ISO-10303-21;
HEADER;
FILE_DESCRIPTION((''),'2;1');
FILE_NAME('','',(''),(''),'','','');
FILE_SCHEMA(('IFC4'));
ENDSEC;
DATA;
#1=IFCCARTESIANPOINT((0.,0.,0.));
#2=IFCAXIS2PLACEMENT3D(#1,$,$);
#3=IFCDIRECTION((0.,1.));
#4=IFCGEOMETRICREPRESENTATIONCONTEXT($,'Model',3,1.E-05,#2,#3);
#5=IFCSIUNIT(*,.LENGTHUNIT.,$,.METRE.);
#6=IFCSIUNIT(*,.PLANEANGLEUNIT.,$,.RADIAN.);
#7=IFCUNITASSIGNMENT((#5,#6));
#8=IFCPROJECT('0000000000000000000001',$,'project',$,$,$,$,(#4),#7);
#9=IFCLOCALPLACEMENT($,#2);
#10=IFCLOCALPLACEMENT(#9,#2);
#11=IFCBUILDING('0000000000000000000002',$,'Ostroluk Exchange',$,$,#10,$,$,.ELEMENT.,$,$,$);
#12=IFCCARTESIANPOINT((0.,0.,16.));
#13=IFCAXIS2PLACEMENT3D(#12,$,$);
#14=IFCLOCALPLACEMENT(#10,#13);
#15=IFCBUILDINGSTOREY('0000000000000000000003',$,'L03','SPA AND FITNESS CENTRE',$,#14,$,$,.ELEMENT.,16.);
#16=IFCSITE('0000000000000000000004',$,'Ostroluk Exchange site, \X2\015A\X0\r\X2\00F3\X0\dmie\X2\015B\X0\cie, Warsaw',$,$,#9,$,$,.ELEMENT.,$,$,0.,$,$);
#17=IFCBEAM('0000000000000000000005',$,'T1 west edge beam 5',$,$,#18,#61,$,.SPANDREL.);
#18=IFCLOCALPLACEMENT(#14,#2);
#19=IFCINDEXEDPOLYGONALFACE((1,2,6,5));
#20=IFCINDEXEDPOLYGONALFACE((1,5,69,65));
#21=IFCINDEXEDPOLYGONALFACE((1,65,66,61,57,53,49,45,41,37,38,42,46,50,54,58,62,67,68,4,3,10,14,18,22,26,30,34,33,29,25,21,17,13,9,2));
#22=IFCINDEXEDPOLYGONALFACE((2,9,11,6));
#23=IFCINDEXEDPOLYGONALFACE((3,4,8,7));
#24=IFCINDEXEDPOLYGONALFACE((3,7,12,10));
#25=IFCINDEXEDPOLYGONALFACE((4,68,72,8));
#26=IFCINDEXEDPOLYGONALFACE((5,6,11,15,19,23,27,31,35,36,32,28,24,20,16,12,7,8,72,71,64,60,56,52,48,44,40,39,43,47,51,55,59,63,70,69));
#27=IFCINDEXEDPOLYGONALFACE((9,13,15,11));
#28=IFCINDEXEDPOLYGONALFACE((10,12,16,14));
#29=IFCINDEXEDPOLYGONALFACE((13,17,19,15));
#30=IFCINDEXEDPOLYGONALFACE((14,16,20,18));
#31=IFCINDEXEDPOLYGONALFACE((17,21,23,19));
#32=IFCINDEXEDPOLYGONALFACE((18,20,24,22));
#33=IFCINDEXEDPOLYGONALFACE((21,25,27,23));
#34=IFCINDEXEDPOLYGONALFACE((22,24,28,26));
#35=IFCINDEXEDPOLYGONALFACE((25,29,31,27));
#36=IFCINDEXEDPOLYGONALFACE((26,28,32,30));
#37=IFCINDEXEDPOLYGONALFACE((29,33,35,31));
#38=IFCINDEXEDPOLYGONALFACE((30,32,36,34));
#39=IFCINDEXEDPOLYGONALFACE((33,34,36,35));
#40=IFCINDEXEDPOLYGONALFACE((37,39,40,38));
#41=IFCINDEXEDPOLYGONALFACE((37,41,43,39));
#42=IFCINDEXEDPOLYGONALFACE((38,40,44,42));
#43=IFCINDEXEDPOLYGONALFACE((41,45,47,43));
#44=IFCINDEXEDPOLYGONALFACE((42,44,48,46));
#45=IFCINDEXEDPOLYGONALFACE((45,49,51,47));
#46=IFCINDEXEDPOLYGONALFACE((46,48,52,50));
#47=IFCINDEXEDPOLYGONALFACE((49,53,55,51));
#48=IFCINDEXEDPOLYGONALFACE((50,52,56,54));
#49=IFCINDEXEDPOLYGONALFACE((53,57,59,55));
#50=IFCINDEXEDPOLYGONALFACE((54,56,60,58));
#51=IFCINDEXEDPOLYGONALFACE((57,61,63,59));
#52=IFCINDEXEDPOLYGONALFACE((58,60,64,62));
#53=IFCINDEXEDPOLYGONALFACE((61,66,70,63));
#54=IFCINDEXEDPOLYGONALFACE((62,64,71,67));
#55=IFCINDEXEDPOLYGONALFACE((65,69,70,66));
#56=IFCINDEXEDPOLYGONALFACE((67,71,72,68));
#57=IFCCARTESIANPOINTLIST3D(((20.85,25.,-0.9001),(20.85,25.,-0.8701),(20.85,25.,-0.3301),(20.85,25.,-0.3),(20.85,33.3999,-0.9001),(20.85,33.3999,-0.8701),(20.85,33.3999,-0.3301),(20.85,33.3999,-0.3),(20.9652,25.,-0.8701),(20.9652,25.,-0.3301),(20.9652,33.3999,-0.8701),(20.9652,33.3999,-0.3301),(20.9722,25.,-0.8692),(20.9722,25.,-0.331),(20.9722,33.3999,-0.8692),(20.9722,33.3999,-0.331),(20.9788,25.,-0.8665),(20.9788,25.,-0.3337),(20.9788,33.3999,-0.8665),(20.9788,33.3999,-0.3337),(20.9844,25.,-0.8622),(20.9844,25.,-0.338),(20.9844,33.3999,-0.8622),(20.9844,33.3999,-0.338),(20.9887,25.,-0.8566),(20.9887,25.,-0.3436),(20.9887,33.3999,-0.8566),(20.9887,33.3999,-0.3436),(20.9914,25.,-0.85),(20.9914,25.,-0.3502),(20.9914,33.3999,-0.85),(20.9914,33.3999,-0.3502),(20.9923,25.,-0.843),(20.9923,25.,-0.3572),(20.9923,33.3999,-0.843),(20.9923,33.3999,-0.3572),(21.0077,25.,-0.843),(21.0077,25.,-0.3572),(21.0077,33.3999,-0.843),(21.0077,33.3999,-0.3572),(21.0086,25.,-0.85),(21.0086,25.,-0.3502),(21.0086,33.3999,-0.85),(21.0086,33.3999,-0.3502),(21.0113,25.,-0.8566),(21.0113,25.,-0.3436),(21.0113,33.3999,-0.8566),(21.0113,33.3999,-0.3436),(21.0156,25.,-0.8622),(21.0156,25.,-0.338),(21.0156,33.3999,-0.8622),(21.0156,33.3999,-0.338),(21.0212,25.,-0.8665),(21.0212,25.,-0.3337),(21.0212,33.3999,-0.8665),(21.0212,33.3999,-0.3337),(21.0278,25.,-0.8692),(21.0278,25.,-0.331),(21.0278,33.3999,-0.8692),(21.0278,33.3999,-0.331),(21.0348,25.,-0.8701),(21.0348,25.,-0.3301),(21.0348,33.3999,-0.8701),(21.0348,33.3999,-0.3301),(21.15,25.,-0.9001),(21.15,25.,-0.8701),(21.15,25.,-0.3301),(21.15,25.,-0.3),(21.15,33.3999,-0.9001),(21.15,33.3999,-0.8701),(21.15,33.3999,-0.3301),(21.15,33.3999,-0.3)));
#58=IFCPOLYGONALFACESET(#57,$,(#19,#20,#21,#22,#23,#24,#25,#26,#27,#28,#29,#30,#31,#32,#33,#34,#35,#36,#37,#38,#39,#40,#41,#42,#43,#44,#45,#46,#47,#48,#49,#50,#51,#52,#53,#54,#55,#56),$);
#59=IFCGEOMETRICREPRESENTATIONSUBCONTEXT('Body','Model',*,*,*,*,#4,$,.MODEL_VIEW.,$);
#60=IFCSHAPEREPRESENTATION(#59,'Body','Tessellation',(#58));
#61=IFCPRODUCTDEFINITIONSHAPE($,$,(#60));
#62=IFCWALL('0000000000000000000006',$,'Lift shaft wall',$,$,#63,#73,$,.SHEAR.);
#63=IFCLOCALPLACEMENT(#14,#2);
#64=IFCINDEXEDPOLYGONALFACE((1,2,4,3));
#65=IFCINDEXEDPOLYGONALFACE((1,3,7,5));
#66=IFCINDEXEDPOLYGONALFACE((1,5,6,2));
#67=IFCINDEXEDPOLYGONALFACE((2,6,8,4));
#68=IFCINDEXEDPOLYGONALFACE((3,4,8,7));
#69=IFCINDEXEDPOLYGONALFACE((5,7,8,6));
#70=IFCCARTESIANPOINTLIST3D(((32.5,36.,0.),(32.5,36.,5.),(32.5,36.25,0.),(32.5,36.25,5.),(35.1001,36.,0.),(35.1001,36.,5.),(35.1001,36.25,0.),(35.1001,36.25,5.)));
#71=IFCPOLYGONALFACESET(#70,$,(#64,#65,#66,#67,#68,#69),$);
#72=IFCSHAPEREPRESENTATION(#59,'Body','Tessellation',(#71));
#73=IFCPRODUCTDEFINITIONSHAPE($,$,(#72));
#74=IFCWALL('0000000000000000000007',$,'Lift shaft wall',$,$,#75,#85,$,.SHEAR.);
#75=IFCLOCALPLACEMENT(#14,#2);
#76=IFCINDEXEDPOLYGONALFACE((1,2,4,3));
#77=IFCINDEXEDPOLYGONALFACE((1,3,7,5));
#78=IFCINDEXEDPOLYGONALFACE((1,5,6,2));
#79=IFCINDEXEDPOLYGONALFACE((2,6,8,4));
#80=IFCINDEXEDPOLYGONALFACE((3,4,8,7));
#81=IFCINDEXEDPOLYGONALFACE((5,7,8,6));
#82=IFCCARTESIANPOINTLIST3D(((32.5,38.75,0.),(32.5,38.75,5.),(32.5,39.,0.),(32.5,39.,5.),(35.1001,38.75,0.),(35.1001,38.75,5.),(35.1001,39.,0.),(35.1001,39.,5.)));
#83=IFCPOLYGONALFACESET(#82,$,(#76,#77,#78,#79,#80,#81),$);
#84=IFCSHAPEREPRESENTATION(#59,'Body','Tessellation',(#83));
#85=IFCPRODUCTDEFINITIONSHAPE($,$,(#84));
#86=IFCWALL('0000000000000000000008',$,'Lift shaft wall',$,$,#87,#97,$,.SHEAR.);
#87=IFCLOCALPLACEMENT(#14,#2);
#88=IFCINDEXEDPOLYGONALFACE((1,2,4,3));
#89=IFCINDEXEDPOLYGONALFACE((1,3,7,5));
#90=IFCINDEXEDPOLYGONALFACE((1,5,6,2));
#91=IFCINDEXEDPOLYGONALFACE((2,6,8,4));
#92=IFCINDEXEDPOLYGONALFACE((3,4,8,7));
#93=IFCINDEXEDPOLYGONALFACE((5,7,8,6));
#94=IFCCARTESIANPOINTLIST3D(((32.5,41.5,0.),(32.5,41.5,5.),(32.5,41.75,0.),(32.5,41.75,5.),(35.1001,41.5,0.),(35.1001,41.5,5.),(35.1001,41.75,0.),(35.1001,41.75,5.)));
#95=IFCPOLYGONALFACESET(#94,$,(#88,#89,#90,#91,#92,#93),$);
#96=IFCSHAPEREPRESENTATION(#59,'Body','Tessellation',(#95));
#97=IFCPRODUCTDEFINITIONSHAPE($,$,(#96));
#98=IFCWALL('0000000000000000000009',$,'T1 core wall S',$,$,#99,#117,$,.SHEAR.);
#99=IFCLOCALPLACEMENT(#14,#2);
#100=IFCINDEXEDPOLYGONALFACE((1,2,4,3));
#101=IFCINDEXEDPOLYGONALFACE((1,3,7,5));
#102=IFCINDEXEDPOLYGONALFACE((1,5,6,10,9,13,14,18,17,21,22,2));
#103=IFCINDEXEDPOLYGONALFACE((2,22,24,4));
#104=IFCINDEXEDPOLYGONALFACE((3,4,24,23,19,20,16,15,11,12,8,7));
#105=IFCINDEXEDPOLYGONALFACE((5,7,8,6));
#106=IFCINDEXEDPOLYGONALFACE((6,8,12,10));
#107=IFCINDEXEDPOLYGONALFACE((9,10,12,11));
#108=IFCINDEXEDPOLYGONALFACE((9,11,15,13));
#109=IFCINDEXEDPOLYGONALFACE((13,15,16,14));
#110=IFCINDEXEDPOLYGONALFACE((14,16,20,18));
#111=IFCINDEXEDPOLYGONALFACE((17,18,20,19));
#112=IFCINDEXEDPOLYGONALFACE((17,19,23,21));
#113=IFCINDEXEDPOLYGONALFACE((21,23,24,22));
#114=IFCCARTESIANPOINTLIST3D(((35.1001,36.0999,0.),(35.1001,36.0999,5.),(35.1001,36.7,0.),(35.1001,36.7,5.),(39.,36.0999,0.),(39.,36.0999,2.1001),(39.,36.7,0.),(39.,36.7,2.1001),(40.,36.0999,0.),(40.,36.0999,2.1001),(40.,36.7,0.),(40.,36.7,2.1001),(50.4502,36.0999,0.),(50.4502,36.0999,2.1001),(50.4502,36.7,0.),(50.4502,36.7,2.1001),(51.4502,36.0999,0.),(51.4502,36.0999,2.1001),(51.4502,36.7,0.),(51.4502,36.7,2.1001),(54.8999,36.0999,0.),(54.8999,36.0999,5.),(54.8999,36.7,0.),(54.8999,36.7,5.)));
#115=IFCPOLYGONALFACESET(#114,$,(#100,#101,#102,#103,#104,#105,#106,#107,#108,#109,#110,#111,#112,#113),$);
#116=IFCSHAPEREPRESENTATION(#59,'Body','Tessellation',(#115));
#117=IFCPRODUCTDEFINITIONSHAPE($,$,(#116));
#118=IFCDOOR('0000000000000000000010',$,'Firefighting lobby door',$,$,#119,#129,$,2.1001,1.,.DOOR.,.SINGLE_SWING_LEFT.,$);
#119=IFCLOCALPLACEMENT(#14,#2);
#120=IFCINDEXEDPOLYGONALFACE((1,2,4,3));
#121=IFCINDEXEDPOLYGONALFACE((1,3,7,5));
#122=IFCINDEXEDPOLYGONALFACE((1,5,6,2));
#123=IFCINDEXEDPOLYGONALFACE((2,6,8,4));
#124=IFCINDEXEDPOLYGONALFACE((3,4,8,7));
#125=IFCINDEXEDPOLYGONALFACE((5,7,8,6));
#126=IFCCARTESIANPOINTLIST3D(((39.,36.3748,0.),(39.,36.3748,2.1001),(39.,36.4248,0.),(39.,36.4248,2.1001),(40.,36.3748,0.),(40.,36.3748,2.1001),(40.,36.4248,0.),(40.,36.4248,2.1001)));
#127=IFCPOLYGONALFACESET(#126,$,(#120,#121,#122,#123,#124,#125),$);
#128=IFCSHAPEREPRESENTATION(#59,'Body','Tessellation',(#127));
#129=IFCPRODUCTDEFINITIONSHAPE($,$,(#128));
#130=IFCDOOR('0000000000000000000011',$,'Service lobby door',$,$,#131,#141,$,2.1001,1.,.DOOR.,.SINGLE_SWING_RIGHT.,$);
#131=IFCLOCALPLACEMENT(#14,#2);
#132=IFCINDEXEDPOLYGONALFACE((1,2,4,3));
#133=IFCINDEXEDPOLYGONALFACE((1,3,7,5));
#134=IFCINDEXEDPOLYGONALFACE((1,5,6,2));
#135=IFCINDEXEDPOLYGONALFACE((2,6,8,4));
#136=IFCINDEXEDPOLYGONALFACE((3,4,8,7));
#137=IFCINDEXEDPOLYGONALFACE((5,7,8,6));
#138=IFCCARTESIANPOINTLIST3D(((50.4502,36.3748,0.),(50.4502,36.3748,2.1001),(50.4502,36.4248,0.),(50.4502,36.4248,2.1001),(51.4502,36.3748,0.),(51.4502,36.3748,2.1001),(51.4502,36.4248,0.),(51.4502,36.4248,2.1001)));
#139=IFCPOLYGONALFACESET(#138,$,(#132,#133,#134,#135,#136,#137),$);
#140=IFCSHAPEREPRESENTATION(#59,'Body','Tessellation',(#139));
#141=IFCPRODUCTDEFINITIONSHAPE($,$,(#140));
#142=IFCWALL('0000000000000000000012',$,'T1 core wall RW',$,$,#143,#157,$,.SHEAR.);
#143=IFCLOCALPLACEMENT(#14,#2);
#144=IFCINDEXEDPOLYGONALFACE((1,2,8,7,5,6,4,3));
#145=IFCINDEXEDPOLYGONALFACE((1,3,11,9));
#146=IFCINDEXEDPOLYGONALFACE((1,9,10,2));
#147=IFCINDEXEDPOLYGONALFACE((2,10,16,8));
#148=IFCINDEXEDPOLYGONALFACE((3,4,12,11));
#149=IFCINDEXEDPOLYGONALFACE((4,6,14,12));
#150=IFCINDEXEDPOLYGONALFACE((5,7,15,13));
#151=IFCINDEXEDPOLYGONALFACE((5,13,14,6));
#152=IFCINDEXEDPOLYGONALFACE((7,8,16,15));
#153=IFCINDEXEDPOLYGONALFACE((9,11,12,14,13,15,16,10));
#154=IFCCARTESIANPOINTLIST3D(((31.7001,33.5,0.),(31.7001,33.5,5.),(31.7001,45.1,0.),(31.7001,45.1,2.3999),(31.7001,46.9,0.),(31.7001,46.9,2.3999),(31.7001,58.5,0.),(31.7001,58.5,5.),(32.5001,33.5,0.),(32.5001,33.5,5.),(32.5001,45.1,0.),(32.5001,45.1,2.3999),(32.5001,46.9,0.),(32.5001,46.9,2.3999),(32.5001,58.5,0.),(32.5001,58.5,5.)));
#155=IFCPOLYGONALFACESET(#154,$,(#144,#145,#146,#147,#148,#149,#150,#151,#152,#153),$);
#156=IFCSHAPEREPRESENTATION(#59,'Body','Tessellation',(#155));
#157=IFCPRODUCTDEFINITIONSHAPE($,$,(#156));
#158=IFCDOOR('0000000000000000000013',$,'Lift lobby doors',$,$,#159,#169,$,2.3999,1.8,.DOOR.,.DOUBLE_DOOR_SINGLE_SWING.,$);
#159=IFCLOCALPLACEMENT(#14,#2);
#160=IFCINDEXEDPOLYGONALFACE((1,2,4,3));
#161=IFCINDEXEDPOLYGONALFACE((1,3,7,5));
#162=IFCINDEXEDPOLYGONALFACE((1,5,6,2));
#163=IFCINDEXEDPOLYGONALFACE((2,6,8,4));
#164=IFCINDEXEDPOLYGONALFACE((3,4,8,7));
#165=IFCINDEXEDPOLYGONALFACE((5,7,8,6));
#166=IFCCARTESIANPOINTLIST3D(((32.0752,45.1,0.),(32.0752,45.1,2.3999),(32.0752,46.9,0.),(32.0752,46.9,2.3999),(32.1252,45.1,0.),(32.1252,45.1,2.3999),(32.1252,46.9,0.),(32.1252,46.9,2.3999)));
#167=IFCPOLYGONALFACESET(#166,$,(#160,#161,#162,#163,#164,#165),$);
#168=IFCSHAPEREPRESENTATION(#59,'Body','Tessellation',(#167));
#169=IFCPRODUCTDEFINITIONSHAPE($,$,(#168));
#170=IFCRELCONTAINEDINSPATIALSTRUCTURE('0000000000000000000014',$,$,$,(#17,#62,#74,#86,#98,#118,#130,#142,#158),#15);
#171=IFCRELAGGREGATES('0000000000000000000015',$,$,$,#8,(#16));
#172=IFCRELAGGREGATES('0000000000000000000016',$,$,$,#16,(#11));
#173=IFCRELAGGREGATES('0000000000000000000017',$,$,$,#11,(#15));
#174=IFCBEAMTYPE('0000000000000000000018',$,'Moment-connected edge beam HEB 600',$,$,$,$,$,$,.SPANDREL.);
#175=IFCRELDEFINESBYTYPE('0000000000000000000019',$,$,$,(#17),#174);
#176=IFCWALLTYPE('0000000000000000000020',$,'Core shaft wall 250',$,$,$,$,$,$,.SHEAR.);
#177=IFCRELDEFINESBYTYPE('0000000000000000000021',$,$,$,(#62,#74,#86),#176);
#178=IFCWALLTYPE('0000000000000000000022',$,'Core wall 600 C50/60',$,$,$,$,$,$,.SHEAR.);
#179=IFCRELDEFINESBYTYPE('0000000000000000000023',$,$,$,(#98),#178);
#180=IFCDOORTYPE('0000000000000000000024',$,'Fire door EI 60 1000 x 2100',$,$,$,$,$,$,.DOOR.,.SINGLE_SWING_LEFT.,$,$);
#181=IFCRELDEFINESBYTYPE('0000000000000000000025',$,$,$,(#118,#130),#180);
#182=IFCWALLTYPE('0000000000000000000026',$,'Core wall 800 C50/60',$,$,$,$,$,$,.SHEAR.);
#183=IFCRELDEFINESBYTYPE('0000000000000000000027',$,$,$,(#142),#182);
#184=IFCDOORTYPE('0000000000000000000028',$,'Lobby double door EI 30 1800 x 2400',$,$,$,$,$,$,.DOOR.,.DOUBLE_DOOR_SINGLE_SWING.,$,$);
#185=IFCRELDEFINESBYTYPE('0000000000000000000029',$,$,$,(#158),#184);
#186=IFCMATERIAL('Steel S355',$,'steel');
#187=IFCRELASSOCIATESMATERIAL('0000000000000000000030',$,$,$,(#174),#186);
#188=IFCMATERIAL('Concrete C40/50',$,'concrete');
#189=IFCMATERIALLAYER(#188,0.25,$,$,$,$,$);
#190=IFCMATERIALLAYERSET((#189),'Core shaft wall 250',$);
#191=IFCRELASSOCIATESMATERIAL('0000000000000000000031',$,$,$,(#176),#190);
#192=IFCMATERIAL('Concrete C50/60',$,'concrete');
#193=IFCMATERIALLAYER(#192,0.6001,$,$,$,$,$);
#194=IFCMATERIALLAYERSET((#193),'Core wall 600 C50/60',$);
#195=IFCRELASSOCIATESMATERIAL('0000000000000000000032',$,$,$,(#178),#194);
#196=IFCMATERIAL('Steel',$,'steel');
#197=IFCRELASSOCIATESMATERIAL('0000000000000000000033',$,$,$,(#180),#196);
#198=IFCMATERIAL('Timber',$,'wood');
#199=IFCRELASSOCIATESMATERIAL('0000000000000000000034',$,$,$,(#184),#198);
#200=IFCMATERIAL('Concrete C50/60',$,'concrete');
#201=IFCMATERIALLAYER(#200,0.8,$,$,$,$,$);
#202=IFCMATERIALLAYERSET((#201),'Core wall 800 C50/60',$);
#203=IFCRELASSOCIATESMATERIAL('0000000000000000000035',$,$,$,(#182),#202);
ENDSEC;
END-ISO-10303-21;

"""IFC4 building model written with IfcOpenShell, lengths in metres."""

from ifc_helpers import new_model, si_unit, direction, frame, frame_2d, origin, origin_2d, place, context, subcontext, project, spatial, rectangle, i_section, extrude, material, layer, layer_set, material_profile, profile_set, type_object, element, fill, save


model = new_model("IFC4")

# Units and contexts
model_context = context("Model", 3, precision=1e-05, world=origin(), true_north=direction((0.0, 1.0)))
body_context = subcontext(model_context, "Body", "Model", "MODEL_VIEW")
ifc_project = project(units=[si_unit("LENGTHUNIT", "METRE"), si_unit("PLANEANGLEUNIT", "RADIAN")], contexts=[model_context])

# Site, building, storey
site_placement = place(None, origin())
site = spatial("IfcSite", under=ifc_project, at=site_placement, Name="Ostroluk Exchange site, Śródmieście, Warsaw", CompositionType="ELEMENT", RefElevation=0.0)
building_placement = place(site_placement, origin())
building = spatial("IfcBuilding", under=site, at=building_placement, Name="Ostroluk Exchange", CompositionType="ELEMENT")
storey_placement = place(building_placement, frame((0.0, 0.0, 16.0)))
storey = spatial("IfcBuildingStorey", under=building, at=storey_placement, Name="L03", Description="SPA AND FITNESS CENTRE", CompositionType="ELEMENT", Elevation=16.0)

# Beam
ifc_material_1 = material(Name="Steel S355", Category="steel")
ifc_material_profile_1 = material_profile(ifc_material_1, i_section(OverallWidth=0.3, OverallDepth=0.6001, WebThickness=0.0154, FlangeThickness=0.03, FilletRadius=0.0271, at=origin_2d()), Name="HEB 600")
ifc_profile_set_1 = profile_set([ifc_material_profile_1], Name="Steel S355")
beam_type_1 = type_object("IfcBeamType", Name="Moment-connected edge beam HEB 600", PredefinedType="SPANDREL", material=ifc_profile_set_1)
beam_1_placement = place(storey_placement, frame((21.0, 33.3999, -0.6001), z_axis=(0.0, -1.0, 0.0), x_axis=(1.0, 0.0, 0.0)))
element("IfcBeam", 1, at=beam_1_placement, inside=storey, type_object=beam_type_1, Name="T1 west edge beam 5", PredefinedType="SPANDREL", context=body_context, shape_type="SweptSolid", body=[
    extrude(i_section(OverallWidth=0.3, OverallDepth=0.6001, WebThickness=0.0154, FlangeThickness=0.03, FilletRadius=0.0271, at=origin_2d()), origin(), (0.0, 0.0, 1.0), 8.3999),
])

# Walls
ifc_material_2 = material(Name="Concrete C40/50", Category="concrete")
ifc_layer_1 = layer(ifc_material_2, 0.25)
ifc_layer_set_1 = layer_set([ifc_layer_1], Name="Core shaft wall 250")
wall_type_1 = type_object("IfcWallType", Name="Core shaft wall 250", PredefinedType="SHEAR", material=ifc_layer_set_1)
for number, where, z_axis, x_axis, name in (
    (2, (32.5, 36.125, 0.0), (0.0, 0.0, 1.0), (1.0, 0.0, 0.0), "Lift shaft wall"),
    (3, (32.5, 38.875, 0.0), (0.0, 0.0, 1.0), (1.0, 0.0, 0.0), "Lift shaft wall"),
    (4, (32.5, 41.625, 0.0), (0.0, 0.0, 1.0), (1.0, 0.0, 0.0), "Lift shaft wall"),
):
    element("IfcWall", number, at=place(storey_placement, frame(where, z_axis=z_axis, x_axis=x_axis)), inside=storey, type_object=wall_type_1, Name=name, PredefinedType="SHEAR", context=body_context, shape_type="SweptSolid", body=[
        extrude(rectangle(XDim=2.6001, YDim=0.25, at=frame_2d((1.3, 0.0))), origin(), (0.0, 0.0, 1.0), 5.0),
    ])

# Wall, openings, doors
ifc_material_3 = material(Name="Concrete C50/60", Category="concrete")
ifc_layer_2 = layer(ifc_material_3, 0.6001)
ifc_layer_set_2 = layer_set([ifc_layer_2], Name="Core wall 600 C50/60")
wall_type_2 = type_object("IfcWallType", Name="Core wall 600 C50/60", PredefinedType="SHEAR", material=ifc_layer_set_2)
wall_1_placement = place(storey_placement, frame((35.1001, 36.3999, 0.0), z_axis=(0.0, 0.0, 1.0), x_axis=(1.0, 0.0, 0.0)))
wall_1 = element("IfcWall", 5, at=wall_1_placement, inside=storey, type_object=wall_type_2, Name="T1 core wall S", PredefinedType="SHEAR", context=body_context, shape_type="SweptSolid", body=[
    extrude(rectangle(XDim=19.7998, YDim=0.6001, at=frame_2d((9.8999, 0.0))), origin(), (0.0, 0.0, 1.0), 5.0),
])
opening_1_placement = place(wall_1_placement, frame((3.8999, 0.0, 0.0)))
opening_1 = element("IfcOpeningElement", 6, at=opening_1_placement, cuts=wall_1, PredefinedType="OPENING", context=body_context, shape_type="SweptSolid", body=[
    extrude(rectangle(XDim=1.0, YDim=2.1001, at=frame_2d((0.5, 1.05))), frame((0.0, 0.3101, 0.0), z_axis=(0.0, -1.0, 0.0), x_axis=(1.0, 0.0, 0.0)), (0.0, 0.0, 1.0), 0.6201),
])
opening_2_placement = place(wall_1_placement, frame((15.3501, 0.0, 0.0)))
opening_2 = element("IfcOpeningElement", 7, at=opening_2_placement, cuts=wall_1, PredefinedType="OPENING", context=body_context, shape_type="SweptSolid", body=[
    extrude(rectangle(XDim=1.0, YDim=2.1001, at=frame_2d((0.5, 1.05))), frame((0.0, 0.3101, 0.0), z_axis=(0.0, -1.0, 0.0), x_axis=(1.0, 0.0, 0.0)), (0.0, 0.0, 1.0), 0.6201),
])
ifc_material_4 = material(Name="Steel", Category="steel")
door_type_1 = type_object("IfcDoorType", Name="Fire door EI 60 1000 x 2100", OperationType="SINGLE_SWING_LEFT", PredefinedType="DOOR", material=ifc_material_4)
door_1_placement = place(opening_1_placement, origin())
door_1 = element("IfcDoor", 8, at=door_1_placement, inside=storey, type_object=door_type_1, Name="Firefighting lobby door", OperationType="SINGLE_SWING_LEFT", OverallHeight=2.1001, OverallWidth=1.0, PredefinedType="DOOR", context=body_context, shape_type="SweptSolid", body=[
    extrude(rectangle(XDim=1.0, YDim=2.1001, at=frame_2d((0.5, 1.05))), frame((0.0, 0.0249, 0.0), z_axis=(0.0, -1.0, 0.0), x_axis=(1.0, 0.0, 0.0)), (0.0, 0.0, 1.0), 0.05),
])
fill(opening_1, door_1)
door_2_placement = place(opening_2_placement, origin())
door_2 = element("IfcDoor", 9, at=door_2_placement, inside=storey, type_object=door_type_1, Name="Service lobby door", OperationType="SINGLE_SWING_RIGHT", OverallHeight=2.1001, OverallWidth=1.0, PredefinedType="DOOR", context=body_context, shape_type="SweptSolid", body=[
    extrude(rectangle(XDim=1.0, YDim=2.1001, at=frame_2d((0.5, 1.05))), frame((0.0, 0.0249, 0.0), z_axis=(0.0, -1.0, 0.0), x_axis=(1.0, 0.0, 0.0)), (0.0, 0.0, 1.0), 0.05),
])
fill(opening_2, door_2)

# Wall, opening, door
ifc_material_5 = material(Name="Timber", Category="wood")
door_type_2 = type_object("IfcDoorType", Name="Lobby double door EI 30 1800 x 2400", OperationType="DOUBLE_DOOR_SINGLE_SWING", PredefinedType="DOOR", material=ifc_material_5)
ifc_material_6 = material(Name="Concrete C50/60", Category="concrete")
ifc_layer_3 = layer(ifc_material_6, 0.8)
ifc_layer_set_3 = layer_set([ifc_layer_3], Name="Core wall 800 C50/60")
wall_type_3 = type_object("IfcWallType", Name="Core wall 800 C50/60", PredefinedType="SHEAR", material=ifc_layer_set_3)
wall_2_placement = place(storey_placement, frame((32.1001, 33.5, 0.0), z_axis=(0.0, 0.0, 1.0), x_axis=(0.0, 1.0, 0.0)))
wall_2 = element("IfcWall", 10, at=wall_2_placement, inside=storey, type_object=wall_type_3, Name="T1 core wall RW", PredefinedType="SHEAR", context=body_context, shape_type="SweptSolid", body=[
    extrude(rectangle(XDim=25.0, YDim=0.8, at=frame_2d((12.5, 0.0))), origin(), (0.0, 0.0, 1.0), 5.0),
])
opening_3_placement = place(wall_2_placement, frame((11.6001, 0.0, 0.0)))
opening_3 = element("IfcOpeningElement", 11, at=opening_3_placement, cuts=wall_2, PredefinedType="OPENING", context=body_context, shape_type="SweptSolid", body=[
    extrude(rectangle(XDim=1.8, YDim=2.3999, at=frame_2d((0.8999, 1.2))), frame((0.0, 0.4099, 0.0), z_axis=(0.0, -1.0, 0.0), x_axis=(1.0, 0.0, 0.0)), (0.0, 0.0, 1.0), 0.8201),
])
door_3_placement = place(opening_3_placement, origin())
door_3 = element("IfcDoor", 12, at=door_3_placement, inside=storey, type_object=door_type_2, Name="Lift lobby doors", OperationType="DOUBLE_DOOR_SINGLE_SWING", OverallHeight=2.3999, OverallWidth=1.8, PredefinedType="DOOR", context=body_context, shape_type="SweptSolid", body=[
    extrude(rectangle(XDim=1.8, YDim=2.3999, at=frame_2d((0.8999, 1.2))), frame((0.0, 0.0249, 0.0), z_axis=(0.0, -1.0, 0.0), x_axis=(1.0, 0.0, 0.0)), (0.0, 0.0, 1.0), 0.05),
])
fill(opening_3, door_3)

save(model, "model.ifc")
